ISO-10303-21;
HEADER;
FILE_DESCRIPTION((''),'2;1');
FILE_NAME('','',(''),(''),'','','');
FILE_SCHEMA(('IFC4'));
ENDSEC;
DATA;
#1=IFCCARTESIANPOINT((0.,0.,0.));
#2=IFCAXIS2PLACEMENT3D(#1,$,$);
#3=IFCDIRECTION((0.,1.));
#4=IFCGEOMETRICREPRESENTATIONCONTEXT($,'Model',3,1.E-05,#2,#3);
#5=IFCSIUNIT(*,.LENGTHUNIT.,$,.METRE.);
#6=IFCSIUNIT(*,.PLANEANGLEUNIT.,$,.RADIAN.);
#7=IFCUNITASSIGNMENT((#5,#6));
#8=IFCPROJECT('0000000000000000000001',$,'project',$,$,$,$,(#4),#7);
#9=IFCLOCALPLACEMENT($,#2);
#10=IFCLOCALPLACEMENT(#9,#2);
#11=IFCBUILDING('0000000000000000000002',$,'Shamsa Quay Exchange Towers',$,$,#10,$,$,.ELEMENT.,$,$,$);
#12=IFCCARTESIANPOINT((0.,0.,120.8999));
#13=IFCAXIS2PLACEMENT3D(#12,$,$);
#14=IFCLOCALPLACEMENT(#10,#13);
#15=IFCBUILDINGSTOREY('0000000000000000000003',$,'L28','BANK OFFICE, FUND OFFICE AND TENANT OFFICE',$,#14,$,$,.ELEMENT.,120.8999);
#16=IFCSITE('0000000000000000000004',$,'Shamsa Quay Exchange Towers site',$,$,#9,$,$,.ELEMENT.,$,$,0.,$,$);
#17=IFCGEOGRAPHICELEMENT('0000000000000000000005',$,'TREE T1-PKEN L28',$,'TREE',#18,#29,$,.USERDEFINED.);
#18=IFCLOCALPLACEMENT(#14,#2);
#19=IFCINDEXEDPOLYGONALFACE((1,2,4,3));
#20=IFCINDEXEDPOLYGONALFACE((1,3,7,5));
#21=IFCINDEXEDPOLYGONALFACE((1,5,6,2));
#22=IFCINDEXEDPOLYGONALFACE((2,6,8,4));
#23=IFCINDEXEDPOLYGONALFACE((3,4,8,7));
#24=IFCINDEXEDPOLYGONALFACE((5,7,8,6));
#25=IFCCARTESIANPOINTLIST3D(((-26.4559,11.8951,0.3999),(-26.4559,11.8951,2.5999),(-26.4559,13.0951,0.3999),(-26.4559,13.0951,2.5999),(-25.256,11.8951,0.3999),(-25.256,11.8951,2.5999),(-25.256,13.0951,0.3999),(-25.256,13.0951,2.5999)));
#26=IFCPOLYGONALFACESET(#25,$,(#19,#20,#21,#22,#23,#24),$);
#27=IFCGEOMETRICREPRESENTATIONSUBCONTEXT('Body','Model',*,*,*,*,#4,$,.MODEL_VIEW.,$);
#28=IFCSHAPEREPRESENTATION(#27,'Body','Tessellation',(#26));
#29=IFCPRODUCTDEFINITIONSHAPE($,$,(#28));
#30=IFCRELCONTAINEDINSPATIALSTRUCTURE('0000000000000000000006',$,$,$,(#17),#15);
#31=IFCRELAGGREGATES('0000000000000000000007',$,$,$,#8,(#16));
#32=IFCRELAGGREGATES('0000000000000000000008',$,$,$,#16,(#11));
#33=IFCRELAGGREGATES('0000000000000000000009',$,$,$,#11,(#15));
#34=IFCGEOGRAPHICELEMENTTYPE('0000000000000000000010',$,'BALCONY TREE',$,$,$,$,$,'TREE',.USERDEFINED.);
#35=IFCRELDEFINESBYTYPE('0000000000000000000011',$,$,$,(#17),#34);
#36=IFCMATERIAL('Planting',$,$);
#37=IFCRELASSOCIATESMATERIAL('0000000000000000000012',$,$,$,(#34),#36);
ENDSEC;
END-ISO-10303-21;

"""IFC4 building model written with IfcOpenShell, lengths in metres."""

from ifc_helpers import new_model, si_unit, direction, frame, origin, origin_2d, place, context, subcontext, project, spatial, rectangle, extrude, material, type_object, element, save


model = new_model("IFC4")

# Units and contexts
model_context = context("Model", 3, precision=1e-05, world=origin(), true_north=direction((0.0, 1.0)))
body_context = subcontext(model_context, "Body", "Model", "MODEL_VIEW")
ifc_project = project(units=[si_unit("LENGTHUNIT", "METRE"), si_unit("PLANEANGLEUNIT", "RADIAN")], contexts=[model_context])

# Site, building, storey
site_placement = place(None, origin())
site = spatial("IfcSite", under=ifc_project, at=site_placement, Name="Shamsa Quay Exchange Towers site", CompositionType="ELEMENT", RefElevation=0.0)
building_placement = place(site_placement, origin())
building = spatial("IfcBuilding", under=site, at=building_placement, Name="Shamsa Quay Exchange Towers", CompositionType="ELEMENT")
storey_placement = place(building_placement, frame((0.0, 0.0, 120.8999)))
storey = spatial("IfcBuildingStorey", under=building, at=storey_placement, Name="L28", Description="BANK OFFICE, FUND OFFICE AND TENANT OFFICE", CompositionType="ELEMENT", Elevation=120.8999)

# Geographic element
ifc_material_1 = material(Name="Planting")
geographic_element_type = type_object("IfcGeographicElementType", Name="BALCONY TREE", ElementType="TREE", PredefinedType="USERDEFINED", material=ifc_material_1)
geographic_element_placement = place(storey_placement, frame((-25.856, 12.4951, 0.3999), z_axis=(0.0, 0.0, 1.0), x_axis=(-1.0, 0.0, 0.0)))
element("IfcGeographicElement", 1, at=geographic_element_placement, inside=storey, type_object=geographic_element_type, Name="TREE T1-PKEN L28", ObjectType="TREE", PredefinedType="USERDEFINED", context=body_context, shape_type="SweptSolid", body=[
    extrude(rectangle(XDim=1.2, YDim=1.2, at=origin_2d()), origin(), (0.0, 0.0, 1.0), 2.2),
])

save(model, "model.ifc")
